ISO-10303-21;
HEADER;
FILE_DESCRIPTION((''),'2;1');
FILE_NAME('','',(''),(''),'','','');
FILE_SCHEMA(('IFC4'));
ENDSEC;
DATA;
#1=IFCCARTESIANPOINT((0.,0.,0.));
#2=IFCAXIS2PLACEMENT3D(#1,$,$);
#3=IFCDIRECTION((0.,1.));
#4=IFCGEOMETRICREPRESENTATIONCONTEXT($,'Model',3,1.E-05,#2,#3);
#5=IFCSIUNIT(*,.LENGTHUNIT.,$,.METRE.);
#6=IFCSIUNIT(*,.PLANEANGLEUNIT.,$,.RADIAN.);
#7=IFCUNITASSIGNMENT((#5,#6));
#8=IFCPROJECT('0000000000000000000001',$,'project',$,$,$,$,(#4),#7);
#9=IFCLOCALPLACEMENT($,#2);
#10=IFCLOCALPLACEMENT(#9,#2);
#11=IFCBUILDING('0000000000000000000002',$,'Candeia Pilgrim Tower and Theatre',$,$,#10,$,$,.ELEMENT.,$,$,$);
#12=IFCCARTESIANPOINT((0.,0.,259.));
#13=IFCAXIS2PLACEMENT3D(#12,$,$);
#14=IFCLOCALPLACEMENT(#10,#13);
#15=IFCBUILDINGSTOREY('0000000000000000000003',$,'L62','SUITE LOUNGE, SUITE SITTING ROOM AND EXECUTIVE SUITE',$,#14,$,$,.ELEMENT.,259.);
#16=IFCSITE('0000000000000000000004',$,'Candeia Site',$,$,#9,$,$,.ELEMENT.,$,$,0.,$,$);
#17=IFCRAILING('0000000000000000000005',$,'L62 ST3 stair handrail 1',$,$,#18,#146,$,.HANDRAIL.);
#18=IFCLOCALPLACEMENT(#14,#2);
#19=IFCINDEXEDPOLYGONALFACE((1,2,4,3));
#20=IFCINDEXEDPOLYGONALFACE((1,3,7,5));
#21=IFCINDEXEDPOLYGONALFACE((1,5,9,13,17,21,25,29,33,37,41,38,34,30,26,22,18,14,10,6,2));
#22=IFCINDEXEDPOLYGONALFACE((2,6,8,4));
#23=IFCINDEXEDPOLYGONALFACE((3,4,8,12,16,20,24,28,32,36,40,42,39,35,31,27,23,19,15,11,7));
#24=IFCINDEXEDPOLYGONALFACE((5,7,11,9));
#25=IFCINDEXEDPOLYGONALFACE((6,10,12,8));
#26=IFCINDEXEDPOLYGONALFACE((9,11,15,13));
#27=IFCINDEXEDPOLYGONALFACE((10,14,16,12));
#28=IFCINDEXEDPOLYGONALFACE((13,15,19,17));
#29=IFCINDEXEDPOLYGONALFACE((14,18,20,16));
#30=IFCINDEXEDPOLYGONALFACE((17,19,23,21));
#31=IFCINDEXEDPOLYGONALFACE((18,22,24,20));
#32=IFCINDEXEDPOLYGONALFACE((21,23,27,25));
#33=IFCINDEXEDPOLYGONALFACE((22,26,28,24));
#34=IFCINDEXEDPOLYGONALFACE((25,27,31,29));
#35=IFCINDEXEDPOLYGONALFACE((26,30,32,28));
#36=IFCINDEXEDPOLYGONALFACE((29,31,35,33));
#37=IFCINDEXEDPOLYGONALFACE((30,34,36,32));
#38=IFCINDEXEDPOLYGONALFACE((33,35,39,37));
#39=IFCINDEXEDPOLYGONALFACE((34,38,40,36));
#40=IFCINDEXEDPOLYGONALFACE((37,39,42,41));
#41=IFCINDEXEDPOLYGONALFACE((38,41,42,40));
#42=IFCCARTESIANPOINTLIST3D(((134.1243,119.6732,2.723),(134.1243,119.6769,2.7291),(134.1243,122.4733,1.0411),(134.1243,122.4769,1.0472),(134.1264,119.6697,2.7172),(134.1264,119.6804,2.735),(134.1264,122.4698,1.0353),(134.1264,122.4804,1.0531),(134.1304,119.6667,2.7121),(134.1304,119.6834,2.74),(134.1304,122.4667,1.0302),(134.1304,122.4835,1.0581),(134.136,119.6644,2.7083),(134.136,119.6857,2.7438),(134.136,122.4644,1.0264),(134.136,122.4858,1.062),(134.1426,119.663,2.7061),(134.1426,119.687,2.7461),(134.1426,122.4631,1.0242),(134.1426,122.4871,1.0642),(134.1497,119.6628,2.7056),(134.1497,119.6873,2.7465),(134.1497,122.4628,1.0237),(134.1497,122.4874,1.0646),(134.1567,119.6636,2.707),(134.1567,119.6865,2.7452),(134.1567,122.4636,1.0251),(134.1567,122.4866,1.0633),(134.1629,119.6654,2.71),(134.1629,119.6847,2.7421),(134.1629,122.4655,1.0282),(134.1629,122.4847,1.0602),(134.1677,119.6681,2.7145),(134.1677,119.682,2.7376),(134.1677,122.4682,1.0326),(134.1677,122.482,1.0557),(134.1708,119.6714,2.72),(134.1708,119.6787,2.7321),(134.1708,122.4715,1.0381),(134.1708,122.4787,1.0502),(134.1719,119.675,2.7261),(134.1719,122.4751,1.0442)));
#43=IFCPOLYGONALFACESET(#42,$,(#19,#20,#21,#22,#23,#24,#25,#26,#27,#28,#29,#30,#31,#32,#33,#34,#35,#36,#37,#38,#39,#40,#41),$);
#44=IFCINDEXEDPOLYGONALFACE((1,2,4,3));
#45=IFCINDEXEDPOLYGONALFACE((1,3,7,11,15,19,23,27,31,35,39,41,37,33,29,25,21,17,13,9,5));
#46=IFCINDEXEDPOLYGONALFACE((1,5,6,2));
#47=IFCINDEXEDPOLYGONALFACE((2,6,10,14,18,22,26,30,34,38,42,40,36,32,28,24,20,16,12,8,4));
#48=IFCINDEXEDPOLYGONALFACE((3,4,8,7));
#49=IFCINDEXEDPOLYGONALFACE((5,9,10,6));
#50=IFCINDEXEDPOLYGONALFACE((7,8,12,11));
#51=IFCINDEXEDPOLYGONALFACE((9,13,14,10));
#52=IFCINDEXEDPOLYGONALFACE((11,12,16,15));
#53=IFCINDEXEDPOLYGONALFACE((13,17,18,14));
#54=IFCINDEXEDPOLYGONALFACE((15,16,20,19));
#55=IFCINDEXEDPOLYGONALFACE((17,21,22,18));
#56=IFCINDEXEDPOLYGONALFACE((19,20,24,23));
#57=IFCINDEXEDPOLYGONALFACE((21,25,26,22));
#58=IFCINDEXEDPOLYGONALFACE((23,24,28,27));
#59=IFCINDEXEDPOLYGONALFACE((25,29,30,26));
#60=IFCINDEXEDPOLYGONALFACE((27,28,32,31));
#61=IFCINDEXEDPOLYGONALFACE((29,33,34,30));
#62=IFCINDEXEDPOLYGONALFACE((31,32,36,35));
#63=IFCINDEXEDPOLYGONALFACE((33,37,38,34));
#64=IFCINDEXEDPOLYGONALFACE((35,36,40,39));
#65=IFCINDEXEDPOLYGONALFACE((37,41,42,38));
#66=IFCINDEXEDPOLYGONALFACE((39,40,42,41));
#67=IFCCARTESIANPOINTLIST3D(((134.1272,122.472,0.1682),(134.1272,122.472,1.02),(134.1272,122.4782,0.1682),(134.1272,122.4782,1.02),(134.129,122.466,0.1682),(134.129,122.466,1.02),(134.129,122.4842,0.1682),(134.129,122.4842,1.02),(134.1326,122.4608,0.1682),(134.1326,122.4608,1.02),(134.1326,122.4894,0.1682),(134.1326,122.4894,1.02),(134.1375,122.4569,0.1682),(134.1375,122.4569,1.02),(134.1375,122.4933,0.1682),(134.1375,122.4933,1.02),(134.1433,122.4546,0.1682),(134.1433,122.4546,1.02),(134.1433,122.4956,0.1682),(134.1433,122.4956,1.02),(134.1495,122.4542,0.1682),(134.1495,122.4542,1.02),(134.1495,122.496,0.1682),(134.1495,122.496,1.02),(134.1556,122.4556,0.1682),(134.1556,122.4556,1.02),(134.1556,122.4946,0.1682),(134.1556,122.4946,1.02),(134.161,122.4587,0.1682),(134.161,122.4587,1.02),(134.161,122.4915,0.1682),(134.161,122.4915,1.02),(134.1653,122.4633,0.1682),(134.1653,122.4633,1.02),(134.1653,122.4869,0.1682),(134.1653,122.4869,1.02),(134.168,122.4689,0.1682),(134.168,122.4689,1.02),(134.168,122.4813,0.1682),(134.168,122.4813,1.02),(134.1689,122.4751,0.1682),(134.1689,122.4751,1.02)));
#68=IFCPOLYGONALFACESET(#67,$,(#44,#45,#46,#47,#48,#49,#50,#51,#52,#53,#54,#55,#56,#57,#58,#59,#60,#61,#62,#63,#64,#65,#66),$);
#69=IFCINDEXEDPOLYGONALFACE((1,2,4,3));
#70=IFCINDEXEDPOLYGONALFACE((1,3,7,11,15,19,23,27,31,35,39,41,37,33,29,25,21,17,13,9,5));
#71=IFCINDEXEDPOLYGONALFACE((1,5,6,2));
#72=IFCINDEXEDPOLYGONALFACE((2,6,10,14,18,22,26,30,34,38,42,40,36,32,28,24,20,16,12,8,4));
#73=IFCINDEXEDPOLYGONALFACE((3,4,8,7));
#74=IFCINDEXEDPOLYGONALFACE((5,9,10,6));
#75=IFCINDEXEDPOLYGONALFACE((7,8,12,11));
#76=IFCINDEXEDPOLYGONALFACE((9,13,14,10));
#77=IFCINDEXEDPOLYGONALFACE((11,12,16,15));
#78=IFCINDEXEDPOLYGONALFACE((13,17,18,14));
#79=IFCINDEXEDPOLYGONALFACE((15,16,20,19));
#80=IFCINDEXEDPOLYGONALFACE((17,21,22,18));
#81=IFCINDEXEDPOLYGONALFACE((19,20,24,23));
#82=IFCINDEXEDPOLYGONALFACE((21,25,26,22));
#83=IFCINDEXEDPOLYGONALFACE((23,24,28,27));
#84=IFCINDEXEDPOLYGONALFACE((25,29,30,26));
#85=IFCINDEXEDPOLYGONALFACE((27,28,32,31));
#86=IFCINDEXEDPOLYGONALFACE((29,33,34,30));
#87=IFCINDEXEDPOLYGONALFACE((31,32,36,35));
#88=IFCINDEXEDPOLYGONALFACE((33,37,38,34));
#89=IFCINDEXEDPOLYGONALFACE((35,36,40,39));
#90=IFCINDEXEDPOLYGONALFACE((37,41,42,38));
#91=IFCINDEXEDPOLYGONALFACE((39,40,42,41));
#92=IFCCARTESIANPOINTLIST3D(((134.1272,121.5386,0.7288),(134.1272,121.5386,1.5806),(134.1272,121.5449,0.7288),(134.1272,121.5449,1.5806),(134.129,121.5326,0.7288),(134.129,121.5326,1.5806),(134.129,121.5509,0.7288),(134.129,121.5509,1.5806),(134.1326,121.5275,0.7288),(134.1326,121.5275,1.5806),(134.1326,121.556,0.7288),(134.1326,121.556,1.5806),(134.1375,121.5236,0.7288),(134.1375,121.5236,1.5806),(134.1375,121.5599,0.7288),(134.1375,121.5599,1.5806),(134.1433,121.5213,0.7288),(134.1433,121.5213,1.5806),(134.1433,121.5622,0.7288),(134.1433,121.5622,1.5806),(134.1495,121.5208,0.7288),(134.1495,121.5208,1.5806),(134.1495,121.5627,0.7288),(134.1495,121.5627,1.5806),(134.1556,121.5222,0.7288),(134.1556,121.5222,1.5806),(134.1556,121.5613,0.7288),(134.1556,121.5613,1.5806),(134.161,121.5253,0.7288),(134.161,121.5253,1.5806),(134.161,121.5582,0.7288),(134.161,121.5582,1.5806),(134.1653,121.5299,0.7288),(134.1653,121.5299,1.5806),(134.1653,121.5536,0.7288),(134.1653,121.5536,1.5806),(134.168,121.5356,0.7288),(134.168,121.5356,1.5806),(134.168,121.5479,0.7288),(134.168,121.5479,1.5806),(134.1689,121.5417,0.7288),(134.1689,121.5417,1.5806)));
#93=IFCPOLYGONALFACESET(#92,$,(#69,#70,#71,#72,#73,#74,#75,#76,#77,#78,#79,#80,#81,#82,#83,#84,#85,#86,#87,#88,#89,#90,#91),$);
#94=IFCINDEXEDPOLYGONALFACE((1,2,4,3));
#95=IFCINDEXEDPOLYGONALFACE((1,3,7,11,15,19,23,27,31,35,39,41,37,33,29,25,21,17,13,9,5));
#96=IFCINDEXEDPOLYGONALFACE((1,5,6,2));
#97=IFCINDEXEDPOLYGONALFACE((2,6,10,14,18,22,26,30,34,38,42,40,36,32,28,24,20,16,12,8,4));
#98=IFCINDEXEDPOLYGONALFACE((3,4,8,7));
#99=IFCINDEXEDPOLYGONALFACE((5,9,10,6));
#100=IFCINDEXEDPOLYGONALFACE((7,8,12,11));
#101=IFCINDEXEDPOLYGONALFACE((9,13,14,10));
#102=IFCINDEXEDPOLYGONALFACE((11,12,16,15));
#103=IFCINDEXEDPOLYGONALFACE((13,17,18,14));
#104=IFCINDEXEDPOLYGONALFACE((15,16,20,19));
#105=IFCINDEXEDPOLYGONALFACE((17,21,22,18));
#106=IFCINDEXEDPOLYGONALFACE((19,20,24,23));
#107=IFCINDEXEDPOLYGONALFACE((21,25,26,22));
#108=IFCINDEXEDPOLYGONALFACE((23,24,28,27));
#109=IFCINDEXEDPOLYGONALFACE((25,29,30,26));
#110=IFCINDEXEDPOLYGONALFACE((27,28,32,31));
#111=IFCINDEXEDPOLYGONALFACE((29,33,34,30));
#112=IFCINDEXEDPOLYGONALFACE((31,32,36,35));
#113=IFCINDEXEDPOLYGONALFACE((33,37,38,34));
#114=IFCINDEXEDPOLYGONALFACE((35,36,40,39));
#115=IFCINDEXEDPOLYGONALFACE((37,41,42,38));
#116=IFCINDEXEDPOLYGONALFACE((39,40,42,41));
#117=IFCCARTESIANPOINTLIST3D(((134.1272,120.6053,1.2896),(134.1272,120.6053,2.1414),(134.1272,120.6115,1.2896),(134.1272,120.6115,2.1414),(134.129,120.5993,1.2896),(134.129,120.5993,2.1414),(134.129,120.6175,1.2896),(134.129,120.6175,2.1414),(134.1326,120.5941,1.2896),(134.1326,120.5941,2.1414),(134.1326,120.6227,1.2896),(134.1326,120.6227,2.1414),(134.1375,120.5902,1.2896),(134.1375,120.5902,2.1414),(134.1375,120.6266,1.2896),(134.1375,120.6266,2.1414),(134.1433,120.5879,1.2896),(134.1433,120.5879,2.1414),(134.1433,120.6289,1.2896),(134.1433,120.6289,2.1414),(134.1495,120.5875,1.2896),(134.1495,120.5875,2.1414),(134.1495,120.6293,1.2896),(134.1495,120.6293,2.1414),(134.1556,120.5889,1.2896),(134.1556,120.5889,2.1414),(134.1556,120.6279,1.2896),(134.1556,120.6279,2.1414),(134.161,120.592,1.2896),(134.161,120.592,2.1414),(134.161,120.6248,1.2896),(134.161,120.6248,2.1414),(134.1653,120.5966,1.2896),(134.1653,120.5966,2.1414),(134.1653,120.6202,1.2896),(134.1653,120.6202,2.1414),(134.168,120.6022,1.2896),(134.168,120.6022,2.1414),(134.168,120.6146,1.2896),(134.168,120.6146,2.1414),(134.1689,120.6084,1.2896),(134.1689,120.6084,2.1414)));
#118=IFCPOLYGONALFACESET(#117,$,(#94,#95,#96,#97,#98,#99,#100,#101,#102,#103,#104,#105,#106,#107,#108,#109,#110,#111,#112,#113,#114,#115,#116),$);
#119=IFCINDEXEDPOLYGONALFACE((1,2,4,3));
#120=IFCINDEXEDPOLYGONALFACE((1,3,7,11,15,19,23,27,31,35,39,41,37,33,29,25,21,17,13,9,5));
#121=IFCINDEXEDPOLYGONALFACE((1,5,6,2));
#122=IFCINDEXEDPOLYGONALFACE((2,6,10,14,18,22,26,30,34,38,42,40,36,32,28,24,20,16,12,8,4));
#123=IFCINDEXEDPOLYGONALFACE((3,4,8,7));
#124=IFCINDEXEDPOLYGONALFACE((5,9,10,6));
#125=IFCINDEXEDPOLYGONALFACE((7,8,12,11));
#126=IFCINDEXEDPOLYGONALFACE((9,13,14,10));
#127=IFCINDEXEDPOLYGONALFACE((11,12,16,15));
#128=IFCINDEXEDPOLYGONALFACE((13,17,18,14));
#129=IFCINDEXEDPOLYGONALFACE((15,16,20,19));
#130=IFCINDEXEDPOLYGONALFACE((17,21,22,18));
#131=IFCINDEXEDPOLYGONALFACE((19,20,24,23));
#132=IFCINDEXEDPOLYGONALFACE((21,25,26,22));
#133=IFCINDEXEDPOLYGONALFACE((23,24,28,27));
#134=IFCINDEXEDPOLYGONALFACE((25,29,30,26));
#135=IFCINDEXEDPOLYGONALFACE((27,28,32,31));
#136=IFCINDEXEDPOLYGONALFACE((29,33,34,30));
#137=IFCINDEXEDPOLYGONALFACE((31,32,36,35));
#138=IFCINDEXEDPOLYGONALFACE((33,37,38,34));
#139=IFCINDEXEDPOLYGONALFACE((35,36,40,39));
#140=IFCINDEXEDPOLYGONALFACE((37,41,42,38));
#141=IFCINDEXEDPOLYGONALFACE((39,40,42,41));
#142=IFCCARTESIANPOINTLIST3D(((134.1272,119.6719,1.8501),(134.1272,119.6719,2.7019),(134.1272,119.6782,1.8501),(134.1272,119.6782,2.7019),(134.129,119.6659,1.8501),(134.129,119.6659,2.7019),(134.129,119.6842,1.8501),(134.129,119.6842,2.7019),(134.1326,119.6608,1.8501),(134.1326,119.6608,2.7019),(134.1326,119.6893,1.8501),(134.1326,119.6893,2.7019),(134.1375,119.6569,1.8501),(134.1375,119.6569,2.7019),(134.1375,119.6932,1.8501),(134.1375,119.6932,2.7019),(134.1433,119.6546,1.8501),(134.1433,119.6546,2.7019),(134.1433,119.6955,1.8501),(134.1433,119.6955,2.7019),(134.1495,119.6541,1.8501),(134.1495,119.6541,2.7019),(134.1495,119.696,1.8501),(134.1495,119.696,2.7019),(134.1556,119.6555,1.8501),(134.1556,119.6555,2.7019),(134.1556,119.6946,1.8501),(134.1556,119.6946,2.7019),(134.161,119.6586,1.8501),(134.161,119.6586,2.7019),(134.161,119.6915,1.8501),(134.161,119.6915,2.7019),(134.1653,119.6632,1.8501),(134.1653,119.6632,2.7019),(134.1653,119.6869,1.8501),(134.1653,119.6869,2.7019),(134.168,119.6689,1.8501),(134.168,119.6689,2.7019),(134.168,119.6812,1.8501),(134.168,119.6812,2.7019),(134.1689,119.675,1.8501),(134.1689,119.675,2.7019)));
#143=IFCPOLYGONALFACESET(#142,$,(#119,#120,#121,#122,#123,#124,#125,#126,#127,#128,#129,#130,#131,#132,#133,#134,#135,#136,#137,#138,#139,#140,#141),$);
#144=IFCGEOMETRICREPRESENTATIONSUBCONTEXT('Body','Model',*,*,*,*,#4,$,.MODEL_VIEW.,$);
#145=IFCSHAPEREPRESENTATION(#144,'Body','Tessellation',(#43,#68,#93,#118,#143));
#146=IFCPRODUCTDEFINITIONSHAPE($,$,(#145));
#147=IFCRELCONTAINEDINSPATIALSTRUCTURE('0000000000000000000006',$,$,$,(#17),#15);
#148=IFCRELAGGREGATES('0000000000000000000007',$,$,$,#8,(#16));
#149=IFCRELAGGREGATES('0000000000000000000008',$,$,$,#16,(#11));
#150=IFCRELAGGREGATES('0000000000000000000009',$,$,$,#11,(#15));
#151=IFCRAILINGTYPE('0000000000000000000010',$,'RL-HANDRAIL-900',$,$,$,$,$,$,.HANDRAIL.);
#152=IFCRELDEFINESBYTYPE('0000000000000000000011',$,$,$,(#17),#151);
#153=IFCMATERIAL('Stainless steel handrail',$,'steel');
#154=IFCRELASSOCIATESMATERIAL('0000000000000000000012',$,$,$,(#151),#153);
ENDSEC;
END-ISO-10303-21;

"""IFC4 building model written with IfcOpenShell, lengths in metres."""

from ifc_helpers import new_model, si_unit, direction, frame, origin, origin_2d, place, context, subcontext, project, spatial, circle, extrude, material, type_object, element, save


model = new_model("IFC4")

# Units and contexts
model_context = context("Model", 3, precision=1e-05, world=origin(), true_north=direction((0.0, 1.0)))
body_context = subcontext(model_context, "Body", "Model", "MODEL_VIEW")
ifc_project = project(units=[si_unit("LENGTHUNIT", "METRE"), si_unit("PLANEANGLEUNIT", "RADIAN")], contexts=[model_context])

# Site, building, storey
site_placement = place(None, origin())
site = spatial("IfcSite", under=ifc_project, at=site_placement, Name="Candeia Site", CompositionType="ELEMENT", RefElevation=0.0)
building_placement = place(site_placement, origin())
building = spatial("IfcBuilding", under=site, at=building_placement, Name="Candeia Pilgrim Tower and Theatre", CompositionType="ELEMENT")
storey_placement = place(building_placement, frame((0.0, 0.0, 259.0)))
storey = spatial("IfcBuildingStorey", under=building, at=storey_placement, Name="L62", Description="SUITE LOUNGE, SUITE SITTING ROOM AND EXECUTIVE SUITE", CompositionType="ELEMENT", Elevation=259.0)

# Railing
ifc_material_1 = material(Name="Stainless steel handrail", Category="steel")
railing_type_1 = type_object("IfcRailingType", Name="RL-HANDRAIL-900", PredefinedType="HANDRAIL", material=ifc_material_1)
for number, where, name in (
    (1, (134.1479, 122.4751, 0.1682), "L62 ST3 stair handrail 1"),
):
    element("IfcRailing", number, at=place(storey_placement, frame(where)), inside=storey, type_object=railing_type_1, Name=name, PredefinedType="HANDRAIL", context=body_context, shape_type="SweptSolid", body=[
        extrude(circle(Radius=0.0239, at=origin_2d()), frame((0.0, 0.0, 0.876), z_axis=(0.0, -0.857242, 0.514913), x_axis=(1.0, 0.0, 0.0)), (0.0, 0.0, 1.0), 3.2664),
        extrude(circle(Radius=0.021, at=origin_2d()), origin(), (0.0, 0.0, 1.0), 0.8518),
        extrude(circle(Radius=0.021, at=origin_2d()), frame((0.0, -0.9333, 0.5605)), (0.0, 0.0, 1.0), 0.8518),
        extrude(circle(Radius=0.021, at=origin_2d()), frame((0.0, -1.8667, 1.1213)), (0.0, 0.0, 1.0), 0.8518),
        extrude(circle(Radius=0.021, at=origin_2d()), frame((0.0, -2.8, 1.6819)), (0.0, 0.0, 1.0), 0.8518),
    ])

save(model, "model.ifc")
